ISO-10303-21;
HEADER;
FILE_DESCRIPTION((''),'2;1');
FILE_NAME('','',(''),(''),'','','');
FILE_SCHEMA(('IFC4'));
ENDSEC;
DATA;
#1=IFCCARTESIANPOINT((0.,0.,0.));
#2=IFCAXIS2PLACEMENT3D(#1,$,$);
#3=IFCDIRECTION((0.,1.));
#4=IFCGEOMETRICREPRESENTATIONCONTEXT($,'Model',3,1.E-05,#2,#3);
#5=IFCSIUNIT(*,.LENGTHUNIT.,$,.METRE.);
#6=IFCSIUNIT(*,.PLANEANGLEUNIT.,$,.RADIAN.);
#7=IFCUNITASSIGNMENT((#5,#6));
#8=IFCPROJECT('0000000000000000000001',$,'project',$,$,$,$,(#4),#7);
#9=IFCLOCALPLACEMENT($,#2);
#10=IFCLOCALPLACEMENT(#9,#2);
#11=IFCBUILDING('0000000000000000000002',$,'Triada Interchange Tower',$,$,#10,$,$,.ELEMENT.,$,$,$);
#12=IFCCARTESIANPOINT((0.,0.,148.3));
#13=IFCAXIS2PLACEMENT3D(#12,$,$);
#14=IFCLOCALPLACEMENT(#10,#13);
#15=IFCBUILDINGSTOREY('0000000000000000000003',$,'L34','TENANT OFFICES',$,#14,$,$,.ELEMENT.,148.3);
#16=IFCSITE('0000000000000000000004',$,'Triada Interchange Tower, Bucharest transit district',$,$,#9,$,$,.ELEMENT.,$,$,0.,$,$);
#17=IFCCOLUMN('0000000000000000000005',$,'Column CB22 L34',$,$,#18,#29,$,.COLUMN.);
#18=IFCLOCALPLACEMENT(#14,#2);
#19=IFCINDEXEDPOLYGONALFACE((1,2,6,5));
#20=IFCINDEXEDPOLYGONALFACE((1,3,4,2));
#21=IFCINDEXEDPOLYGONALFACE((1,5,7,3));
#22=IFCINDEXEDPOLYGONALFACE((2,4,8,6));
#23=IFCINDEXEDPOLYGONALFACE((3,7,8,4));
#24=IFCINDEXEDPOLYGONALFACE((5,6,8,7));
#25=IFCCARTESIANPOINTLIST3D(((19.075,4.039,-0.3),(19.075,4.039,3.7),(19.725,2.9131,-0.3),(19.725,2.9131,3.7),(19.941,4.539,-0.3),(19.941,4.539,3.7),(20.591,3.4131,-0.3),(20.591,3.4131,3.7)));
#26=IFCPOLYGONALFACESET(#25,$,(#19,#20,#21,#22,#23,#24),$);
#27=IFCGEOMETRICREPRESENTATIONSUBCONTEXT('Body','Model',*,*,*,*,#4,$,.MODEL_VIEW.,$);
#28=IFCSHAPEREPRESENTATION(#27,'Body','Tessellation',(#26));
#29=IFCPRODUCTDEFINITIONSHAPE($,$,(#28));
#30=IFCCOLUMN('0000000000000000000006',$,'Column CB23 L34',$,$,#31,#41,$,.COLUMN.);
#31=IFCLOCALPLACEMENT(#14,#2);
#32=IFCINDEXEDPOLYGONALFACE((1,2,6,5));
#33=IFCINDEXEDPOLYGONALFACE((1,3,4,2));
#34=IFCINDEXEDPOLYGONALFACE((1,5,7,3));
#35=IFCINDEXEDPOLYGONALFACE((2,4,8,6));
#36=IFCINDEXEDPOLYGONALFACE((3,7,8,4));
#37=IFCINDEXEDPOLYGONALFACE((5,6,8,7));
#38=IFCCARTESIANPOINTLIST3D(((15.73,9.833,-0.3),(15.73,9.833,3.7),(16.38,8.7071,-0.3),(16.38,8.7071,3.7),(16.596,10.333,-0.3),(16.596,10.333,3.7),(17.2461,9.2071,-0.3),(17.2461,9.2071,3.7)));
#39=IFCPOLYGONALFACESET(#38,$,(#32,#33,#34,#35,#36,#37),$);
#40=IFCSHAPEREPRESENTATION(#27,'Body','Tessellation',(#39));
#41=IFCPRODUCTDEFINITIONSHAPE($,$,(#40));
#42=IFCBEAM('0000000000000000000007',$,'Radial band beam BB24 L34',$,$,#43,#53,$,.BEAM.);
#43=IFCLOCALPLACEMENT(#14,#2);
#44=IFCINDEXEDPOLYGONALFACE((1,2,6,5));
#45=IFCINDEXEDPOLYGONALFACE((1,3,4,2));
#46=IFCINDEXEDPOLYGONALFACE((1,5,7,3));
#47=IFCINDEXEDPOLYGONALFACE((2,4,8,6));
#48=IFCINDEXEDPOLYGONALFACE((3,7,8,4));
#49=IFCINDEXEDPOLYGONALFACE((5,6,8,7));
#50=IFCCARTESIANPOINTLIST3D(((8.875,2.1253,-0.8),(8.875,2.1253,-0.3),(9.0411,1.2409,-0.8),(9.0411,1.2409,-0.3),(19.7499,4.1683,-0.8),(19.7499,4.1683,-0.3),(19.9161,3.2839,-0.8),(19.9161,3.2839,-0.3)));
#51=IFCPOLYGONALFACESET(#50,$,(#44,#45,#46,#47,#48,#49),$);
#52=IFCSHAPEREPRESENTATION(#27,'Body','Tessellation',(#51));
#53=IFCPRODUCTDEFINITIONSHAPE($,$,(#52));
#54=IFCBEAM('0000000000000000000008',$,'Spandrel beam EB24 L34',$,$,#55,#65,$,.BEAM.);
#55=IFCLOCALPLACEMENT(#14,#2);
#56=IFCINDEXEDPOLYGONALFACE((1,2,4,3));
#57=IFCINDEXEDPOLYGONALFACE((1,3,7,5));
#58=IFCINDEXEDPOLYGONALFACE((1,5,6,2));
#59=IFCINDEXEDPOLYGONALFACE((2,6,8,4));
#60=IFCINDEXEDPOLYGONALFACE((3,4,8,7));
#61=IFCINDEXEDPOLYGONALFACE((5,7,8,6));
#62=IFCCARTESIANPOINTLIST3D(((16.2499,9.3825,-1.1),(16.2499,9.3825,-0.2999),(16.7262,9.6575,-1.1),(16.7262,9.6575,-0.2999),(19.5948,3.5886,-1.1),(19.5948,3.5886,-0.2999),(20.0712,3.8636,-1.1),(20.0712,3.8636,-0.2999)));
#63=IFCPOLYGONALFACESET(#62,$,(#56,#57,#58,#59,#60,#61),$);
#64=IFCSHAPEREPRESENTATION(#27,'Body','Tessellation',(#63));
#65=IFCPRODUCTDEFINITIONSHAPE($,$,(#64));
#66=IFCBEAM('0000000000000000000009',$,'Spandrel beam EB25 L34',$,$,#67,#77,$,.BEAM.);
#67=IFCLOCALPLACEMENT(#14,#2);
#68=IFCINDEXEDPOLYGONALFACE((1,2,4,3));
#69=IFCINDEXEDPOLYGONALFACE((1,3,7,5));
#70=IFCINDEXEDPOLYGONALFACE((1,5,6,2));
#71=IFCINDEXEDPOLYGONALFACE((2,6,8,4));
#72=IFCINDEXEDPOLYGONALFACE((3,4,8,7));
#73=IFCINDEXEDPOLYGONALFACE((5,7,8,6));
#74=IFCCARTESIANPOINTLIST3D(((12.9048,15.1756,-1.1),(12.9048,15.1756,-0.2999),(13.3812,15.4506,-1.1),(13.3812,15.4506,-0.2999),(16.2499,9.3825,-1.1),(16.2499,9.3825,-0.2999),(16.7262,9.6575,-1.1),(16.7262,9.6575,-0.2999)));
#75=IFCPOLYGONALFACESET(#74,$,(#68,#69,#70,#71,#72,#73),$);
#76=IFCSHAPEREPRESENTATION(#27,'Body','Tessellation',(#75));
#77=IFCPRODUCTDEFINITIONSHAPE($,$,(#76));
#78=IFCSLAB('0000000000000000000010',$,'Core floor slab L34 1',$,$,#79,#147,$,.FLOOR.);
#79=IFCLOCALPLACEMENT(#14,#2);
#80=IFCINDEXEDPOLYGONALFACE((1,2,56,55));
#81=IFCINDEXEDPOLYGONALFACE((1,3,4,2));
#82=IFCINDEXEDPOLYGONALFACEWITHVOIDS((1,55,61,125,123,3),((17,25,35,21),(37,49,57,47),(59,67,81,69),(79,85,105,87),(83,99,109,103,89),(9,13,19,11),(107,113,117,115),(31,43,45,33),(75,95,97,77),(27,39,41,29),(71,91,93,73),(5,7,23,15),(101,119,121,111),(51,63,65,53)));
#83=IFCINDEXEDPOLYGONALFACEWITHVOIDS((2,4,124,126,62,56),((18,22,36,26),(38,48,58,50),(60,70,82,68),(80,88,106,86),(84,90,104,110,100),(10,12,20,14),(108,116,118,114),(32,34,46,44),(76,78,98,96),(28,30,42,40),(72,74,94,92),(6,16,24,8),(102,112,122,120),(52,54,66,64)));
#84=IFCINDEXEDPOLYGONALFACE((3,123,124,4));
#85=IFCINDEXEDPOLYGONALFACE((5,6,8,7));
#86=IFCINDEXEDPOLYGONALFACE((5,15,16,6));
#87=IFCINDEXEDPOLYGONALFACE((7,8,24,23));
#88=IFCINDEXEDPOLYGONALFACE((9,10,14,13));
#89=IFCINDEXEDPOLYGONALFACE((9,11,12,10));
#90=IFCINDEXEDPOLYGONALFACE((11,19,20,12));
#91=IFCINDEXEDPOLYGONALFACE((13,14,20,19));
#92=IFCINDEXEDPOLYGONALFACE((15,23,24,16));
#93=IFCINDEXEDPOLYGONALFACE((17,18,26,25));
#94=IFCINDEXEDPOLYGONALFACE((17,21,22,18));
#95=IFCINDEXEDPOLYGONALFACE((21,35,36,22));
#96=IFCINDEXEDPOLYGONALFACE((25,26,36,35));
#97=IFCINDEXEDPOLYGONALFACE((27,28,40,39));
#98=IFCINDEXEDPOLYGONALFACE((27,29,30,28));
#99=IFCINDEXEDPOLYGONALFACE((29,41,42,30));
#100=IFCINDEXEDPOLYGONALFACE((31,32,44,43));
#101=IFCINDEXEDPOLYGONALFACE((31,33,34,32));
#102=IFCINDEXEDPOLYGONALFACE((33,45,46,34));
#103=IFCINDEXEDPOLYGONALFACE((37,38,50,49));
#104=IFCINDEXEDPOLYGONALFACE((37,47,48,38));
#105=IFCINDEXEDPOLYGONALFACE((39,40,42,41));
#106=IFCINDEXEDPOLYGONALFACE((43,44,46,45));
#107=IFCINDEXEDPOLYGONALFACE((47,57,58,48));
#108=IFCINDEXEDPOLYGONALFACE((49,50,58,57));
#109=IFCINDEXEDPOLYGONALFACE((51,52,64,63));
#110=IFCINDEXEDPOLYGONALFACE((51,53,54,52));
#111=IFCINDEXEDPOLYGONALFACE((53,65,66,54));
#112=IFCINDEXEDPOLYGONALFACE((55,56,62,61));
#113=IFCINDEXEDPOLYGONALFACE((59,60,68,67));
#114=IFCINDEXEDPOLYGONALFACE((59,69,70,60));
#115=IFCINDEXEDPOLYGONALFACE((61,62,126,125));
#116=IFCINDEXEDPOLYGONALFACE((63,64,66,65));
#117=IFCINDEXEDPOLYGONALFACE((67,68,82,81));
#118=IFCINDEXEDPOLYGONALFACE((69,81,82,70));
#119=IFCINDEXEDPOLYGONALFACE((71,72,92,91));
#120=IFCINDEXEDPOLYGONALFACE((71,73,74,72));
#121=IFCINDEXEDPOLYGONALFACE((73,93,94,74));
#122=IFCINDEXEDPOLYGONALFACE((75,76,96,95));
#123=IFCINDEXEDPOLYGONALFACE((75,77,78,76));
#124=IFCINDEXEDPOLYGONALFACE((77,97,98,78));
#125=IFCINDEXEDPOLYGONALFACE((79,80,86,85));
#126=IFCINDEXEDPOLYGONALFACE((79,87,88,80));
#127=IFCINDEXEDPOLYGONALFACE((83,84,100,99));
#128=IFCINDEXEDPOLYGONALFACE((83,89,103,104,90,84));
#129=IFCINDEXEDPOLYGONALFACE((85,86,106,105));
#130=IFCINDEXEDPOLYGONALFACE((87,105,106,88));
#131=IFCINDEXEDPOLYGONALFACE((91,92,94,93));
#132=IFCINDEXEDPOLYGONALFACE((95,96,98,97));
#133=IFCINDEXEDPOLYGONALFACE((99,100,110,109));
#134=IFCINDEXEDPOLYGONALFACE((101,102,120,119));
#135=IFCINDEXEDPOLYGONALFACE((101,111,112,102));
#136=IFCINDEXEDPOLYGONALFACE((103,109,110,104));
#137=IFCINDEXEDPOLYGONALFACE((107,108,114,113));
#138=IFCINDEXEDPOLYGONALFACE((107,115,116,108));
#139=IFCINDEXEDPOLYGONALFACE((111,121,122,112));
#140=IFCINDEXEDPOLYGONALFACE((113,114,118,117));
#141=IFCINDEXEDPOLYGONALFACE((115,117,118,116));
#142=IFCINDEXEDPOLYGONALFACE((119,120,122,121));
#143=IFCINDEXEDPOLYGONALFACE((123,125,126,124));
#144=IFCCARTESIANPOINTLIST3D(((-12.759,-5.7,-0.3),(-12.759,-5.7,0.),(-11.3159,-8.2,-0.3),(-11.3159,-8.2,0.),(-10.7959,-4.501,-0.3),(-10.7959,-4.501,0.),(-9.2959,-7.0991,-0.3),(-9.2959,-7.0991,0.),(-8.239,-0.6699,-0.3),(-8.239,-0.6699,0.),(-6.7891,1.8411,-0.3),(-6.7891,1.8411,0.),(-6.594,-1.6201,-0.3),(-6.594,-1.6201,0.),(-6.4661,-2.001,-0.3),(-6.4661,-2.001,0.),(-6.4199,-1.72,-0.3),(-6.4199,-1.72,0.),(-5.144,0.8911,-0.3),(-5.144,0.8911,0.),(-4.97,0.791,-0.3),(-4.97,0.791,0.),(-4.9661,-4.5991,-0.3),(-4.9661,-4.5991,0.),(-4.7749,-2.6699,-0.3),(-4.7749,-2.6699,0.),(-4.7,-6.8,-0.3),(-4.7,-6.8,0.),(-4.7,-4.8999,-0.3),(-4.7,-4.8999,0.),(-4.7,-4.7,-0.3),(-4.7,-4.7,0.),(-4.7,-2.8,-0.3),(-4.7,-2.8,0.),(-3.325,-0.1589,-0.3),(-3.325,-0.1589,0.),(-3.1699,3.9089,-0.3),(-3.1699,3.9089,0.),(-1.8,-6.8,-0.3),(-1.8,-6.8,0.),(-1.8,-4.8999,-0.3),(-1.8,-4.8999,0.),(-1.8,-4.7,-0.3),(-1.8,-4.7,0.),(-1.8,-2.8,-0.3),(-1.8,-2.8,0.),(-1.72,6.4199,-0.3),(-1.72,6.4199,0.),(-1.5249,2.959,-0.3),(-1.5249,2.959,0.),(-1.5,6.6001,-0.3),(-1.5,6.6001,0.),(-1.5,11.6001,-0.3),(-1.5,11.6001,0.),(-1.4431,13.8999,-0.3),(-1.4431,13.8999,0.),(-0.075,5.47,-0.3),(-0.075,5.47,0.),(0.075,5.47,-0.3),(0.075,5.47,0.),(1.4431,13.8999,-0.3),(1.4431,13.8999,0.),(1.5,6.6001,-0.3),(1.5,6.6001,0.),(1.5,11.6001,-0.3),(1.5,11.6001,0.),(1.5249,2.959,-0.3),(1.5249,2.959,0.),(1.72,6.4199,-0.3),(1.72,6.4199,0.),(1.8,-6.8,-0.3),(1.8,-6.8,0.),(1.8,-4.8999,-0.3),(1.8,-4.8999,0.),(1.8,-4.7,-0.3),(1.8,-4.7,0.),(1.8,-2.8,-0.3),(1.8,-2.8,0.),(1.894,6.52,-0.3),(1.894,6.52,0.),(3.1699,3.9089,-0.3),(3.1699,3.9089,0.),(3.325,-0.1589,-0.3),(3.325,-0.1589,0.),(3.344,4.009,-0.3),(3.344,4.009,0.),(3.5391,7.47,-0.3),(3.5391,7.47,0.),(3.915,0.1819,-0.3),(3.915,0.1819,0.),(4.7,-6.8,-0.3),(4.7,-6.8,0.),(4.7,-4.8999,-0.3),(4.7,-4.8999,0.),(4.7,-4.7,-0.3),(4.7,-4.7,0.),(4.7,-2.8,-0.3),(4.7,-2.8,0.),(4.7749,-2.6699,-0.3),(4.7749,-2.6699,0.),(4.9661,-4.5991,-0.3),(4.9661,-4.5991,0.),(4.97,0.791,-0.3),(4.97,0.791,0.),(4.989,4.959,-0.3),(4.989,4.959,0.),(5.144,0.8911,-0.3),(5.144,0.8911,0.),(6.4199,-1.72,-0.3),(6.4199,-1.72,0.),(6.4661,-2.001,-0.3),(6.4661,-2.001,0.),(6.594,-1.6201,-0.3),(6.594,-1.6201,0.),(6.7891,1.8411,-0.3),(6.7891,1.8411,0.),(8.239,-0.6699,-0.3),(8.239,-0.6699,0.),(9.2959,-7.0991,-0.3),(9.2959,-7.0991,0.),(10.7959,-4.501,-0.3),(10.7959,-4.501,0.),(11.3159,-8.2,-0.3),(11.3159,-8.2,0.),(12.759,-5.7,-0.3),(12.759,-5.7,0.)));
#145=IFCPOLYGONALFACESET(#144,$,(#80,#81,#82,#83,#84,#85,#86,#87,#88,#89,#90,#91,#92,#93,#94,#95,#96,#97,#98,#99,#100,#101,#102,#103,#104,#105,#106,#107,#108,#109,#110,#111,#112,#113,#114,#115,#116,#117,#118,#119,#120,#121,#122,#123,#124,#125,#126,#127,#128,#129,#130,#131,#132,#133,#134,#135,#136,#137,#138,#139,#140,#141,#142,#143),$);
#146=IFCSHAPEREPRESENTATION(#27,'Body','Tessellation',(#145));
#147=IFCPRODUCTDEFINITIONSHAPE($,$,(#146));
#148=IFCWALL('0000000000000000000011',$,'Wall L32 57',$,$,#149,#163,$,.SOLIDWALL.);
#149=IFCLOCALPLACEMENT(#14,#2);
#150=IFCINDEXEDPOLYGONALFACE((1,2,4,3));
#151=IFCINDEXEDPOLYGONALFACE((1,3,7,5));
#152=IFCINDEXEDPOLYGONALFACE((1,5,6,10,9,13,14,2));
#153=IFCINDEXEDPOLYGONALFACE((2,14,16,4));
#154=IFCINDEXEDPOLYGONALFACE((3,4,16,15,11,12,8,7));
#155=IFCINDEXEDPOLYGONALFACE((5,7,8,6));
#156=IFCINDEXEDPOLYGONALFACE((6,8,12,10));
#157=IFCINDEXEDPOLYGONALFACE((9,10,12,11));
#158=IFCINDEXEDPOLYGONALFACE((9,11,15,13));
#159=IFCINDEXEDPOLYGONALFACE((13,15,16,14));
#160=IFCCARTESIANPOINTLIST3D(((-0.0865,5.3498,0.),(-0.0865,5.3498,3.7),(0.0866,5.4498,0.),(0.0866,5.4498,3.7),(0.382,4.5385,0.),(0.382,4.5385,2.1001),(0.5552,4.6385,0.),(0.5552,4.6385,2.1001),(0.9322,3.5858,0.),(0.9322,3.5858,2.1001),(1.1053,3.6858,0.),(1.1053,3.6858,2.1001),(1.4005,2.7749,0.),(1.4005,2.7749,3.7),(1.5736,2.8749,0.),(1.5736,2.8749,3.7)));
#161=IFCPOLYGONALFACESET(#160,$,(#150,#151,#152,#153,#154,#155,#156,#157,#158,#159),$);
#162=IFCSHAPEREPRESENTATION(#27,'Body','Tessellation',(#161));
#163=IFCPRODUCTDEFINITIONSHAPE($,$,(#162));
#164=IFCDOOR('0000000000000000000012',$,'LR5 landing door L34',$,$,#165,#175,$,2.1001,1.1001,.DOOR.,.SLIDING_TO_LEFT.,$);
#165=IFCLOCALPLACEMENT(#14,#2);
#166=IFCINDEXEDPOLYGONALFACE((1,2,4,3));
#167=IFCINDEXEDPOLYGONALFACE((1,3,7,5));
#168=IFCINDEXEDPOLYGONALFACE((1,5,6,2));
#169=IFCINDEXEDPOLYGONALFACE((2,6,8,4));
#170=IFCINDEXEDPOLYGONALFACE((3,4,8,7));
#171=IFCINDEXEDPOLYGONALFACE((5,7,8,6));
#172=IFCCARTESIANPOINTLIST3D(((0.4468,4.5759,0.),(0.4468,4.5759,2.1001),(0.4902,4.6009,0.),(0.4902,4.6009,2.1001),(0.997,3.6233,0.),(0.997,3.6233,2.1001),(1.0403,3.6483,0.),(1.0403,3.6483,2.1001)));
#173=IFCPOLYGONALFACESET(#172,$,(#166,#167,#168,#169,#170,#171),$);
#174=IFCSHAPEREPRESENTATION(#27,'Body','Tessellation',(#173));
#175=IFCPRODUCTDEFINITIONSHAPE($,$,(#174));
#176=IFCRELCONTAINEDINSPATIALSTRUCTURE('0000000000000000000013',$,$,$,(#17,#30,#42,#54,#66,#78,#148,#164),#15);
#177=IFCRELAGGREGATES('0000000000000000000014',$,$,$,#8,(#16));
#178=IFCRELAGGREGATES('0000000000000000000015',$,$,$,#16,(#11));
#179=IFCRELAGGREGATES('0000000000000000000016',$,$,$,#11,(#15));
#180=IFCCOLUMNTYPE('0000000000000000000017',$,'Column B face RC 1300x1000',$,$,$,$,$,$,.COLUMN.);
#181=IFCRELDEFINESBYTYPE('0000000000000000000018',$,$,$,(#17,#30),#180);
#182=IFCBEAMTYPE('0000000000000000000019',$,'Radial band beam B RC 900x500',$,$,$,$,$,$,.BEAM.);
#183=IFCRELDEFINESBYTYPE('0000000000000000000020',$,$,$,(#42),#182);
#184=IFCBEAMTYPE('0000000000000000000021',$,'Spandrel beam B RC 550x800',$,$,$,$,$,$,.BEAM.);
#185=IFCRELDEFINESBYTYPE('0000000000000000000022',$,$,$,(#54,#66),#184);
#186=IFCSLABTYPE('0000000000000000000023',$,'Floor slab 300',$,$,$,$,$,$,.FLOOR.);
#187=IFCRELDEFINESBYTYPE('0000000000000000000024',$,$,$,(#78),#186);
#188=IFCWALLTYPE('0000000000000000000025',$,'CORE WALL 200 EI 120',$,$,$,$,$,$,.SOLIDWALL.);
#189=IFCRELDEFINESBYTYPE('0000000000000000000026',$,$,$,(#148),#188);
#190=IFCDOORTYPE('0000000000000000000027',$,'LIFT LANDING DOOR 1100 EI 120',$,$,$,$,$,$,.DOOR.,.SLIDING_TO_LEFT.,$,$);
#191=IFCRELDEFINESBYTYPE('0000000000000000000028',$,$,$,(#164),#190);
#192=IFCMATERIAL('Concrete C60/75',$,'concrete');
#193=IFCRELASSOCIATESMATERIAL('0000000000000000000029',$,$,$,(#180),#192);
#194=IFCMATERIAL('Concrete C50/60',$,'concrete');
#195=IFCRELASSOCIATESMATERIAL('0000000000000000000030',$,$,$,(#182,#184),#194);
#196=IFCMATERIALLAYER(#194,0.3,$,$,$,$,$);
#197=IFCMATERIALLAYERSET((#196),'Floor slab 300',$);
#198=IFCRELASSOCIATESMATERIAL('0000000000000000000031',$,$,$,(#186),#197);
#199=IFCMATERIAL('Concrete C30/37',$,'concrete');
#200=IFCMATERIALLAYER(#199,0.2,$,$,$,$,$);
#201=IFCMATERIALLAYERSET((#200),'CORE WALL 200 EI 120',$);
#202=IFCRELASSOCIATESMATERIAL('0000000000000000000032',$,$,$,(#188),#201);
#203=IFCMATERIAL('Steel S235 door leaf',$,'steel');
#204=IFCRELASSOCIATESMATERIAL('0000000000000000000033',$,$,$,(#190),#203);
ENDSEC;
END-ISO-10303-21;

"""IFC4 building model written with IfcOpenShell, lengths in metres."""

from ifc_helpers import new_model, si_unit, direction, frame, frame_2d, origin, origin_2d, place, context, subcontext, project, spatial, polyline, rectangle, outline, extrude, material, layer, layer_set, material_profile, profile_set, type_object, element, fill, save


model = new_model("IFC4")

# Units and contexts
model_context = context("Model", 3, precision=1e-05, world=origin(), true_north=direction((0.0, 1.0)))
body_context = subcontext(model_context, "Body", "Model", "MODEL_VIEW")
ifc_project = project(units=[si_unit("LENGTHUNIT", "METRE"), si_unit("PLANEANGLEUNIT", "RADIAN")], contexts=[model_context])

# Site, building, storey
site_placement = place(None, origin())
site = spatial("IfcSite", under=ifc_project, at=site_placement, Name="Triada Interchange Tower, Bucharest transit district", CompositionType="ELEMENT", RefElevation=0.0)
building_placement = place(site_placement, origin())
building = spatial("IfcBuilding", under=site, at=building_placement, Name="Triada Interchange Tower", CompositionType="ELEMENT")
storey_placement = place(building_placement, frame((0.0, 0.0, 148.3)))
storey = spatial("IfcBuildingStorey", under=building, at=storey_placement, Name="L34", Description="TENANT OFFICES", CompositionType="ELEMENT", Elevation=148.3)

# Columns
ifc_material_1 = material(Name="Concrete C60/75", Category="concrete")
ifc_material_profile_1 = material_profile(ifc_material_1, rectangle(XDim=1.3, YDim=1.0, at=origin_2d()), Name="RC 1300x1000")
ifc_profile_set_1 = profile_set([ifc_material_profile_1], Name="Concrete C60/75")
column_type = type_object("IfcColumnType", Name="Column B face RC 1300x1000", PredefinedType="COLUMN", material=ifc_profile_set_1)
for number, where, z_axis, x_axis, name in (
    (1, (19.833, 3.7261, -0.3), (0.0, 0.0, 1.0), (-0.5, 0.866025, 0.0), "Column CB22 L34"),
    (2, (16.488, 9.52, -0.3), (0.0, 0.0, 1.0), (-0.5, 0.866025, 0.0), "Column CB23 L34"),
):
    element("IfcColumn", number, at=place(storey_placement, frame(where, z_axis=z_axis, x_axis=x_axis)), inside=storey, type_object=column_type, Name=name, PredefinedType="COLUMN", context=body_context, shape_type="SweptSolid", body=[
        extrude(rectangle(XDim=1.3, YDim=1.0, at=origin_2d()), origin(), (0.0, 0.0, 1.0), 4.0),
    ])

# Beams
ifc_material_2 = material(Name="Concrete C50/60", Category="concrete")
ifc_material_profile_2 = material_profile(ifc_material_2, rectangle(XDim=0.8999, YDim=0.5, at=origin_2d()), Name="RC 900x500")
ifc_profile_set_2 = profile_set([ifc_material_profile_2], Name="Concrete C50/60")
beam_type_1 = type_object("IfcBeamType", Name="Radial band beam B RC 900x500", PredefinedType="BEAM", material=ifc_profile_set_2)
beam_1_placement = place(storey_placement, frame((19.833, 3.7261, -0.55), z_axis=(-0.982808, -0.18463, 0.0), x_axis=(0.18463, -0.982808, 0.0)))
element("IfcBeam", 3, at=beam_1_placement, inside=storey, type_object=beam_type_1, Name="Radial band beam BB24 L34", PredefinedType="BEAM", context=body_context, shape_type="SweptSolid", body=[
    extrude(rectangle(XDim=0.8999, YDim=0.5, at=origin_2d()), origin(), (0.0, 0.0, 1.0), 11.0652),
])
ifc_material_profile_3 = material_profile(ifc_material_2, rectangle(XDim=0.55, YDim=0.8, at=origin_2d()), Name="RC 550x800")
ifc_profile_set_3 = profile_set([ifc_material_profile_3], Name="Concrete C50/60")
beam_type_2 = type_object("IfcBeamType", Name="Spandrel beam B RC 550x800", PredefinedType="BEAM", material=ifc_profile_set_3)
beam_2_placement = place(storey_placement, frame((19.833, 3.7261, -0.7), z_axis=(-0.499981, 0.866036, 0.0), x_axis=(-0.866036, -0.499981, 0.0)))
element("IfcBeam", 4, at=beam_2_placement, inside=storey, type_object=beam_type_2, Name="Spandrel beam EB24 L34", PredefinedType="BEAM", context=body_context, shape_type="SweptSolid", body=[
    extrude(rectangle(XDim=0.55, YDim=0.8, at=origin_2d()), origin(), (0.0, 0.0, 1.0), 6.6902),
])
beam_3_placement = place(storey_placement, frame((16.488, 9.52, -0.7), z_axis=(-0.500045, 0.866, 0.0), x_axis=(-0.866, -0.500045, 0.0)))
element("IfcBeam", 5, at=beam_3_placement, inside=storey, type_object=beam_type_2, Name="Spandrel beam EB25 L34", PredefinedType="BEAM", context=body_context, shape_type="SweptSolid", body=[
    extrude(rectangle(XDim=0.55, YDim=0.8, at=origin_2d()), origin(), (0.0, 0.0, 1.0), 6.6895),
])

# Slab
ifc_layer_1 = layer(ifc_material_2, 0.3)
ifc_layer_set_1 = layer_set([ifc_layer_1], Name="Floor slab 300")
slab_type = type_object("IfcSlabType", Name="Floor slab 300", PredefinedType="FLOOR", material=ifc_layer_set_1)
slab_placement = place(storey_placement, frame((0.0, 0.0, -0.3)))
element("IfcSlab", 6, at=slab_placement, inside=storey, type_object=slab_type, Name="Core floor slab L34 1", PredefinedType="FLOOR", context=body_context, shape_type="SweptSolid", body=[
    extrude(outline(polyline([(12.759, -5.7), (11.3159, -8.2), (-11.3159, -8.2), (-12.759, -5.7), (-1.4431, 13.8999), (1.4431, 13.8999), (12.759, -5.7)]), holes=[polyline([(9.2959, -7.0991), (10.7959, -4.501), (6.4661, -2.001), (4.9661, -4.5991), (9.2959, -7.0991)]), polyline([(6.7891, 1.8411), (5.144, 0.8911), (6.594, -1.6201), (8.239, -0.6699), (6.7891, 1.8411)]), polyline([(4.7749, -2.6699), (6.4199, -1.72), (4.97, 0.791), (3.915, 0.1819), (3.325, -0.1589), (4.7749, -2.6699)]), polyline([(1.894, 6.52), (3.344, 4.009), (4.989, 4.959), (3.5391, 7.47), (1.894, 6.52)]), polyline([(4.7, -6.8), (4.7, -4.8999), (1.8, -4.8999), (1.8, -6.8), (4.7, -6.8)]), polyline([(4.7, -2.8), (1.8, -2.8), (1.8, -4.7), (4.7, -4.7), (4.7, -2.8)]), polyline([(0.075, 5.47), (1.5249, 2.959), (3.1699, 3.9089), (1.72, 6.4199), (0.075, 5.47)]), polyline([(1.5, 11.6001), (-1.5, 11.6001), (-1.5, 6.6001), (1.5, 6.6001), (1.5, 11.6001)]), polyline([(-1.5249, 2.959), (-0.075, 5.47), (-1.72, 6.4199), (-3.1699, 3.9089), (-1.5249, 2.959)]), polyline([(-1.8, -2.8), (-4.7, -2.8), (-4.7, -4.7), (-1.8, -4.7), (-1.8, -2.8)]), polyline([(-4.7, -6.8), (-1.8, -6.8), (-1.8, -4.8999), (-4.7, -4.8999), (-4.7, -6.8)]), polyline([(-4.7749, -2.6699), (-3.325, -0.1589), (-4.97, 0.791), (-6.4199, -1.72), (-4.7749, -2.6699)]), polyline([(-10.7959, -4.501), (-9.2959, -7.0991), (-4.9661, -4.5991), (-6.4661, -2.001), (-10.7959, -4.501)]), polyline([(-6.594, -1.6201), (-5.144, 0.8911), (-6.7891, 1.8411), (-8.239, -0.6699), (-6.594, -1.6201)])]), origin(), (0.0, 0.0, 1.0), 0.3),
])

# Wall, opening, door
ifc_material_3 = material(Name="Concrete C30/37", Category="concrete")
ifc_layer_2 = layer(ifc_material_3, 0.2)
ifc_layer_set_2 = layer_set([ifc_layer_2], Name="CORE WALL 200 EI 120")
wall_type_1 = type_object("IfcWallType", Name="CORE WALL 200 EI 120", PredefinedType="SOLIDWALL", material=ifc_layer_set_2)
wall_1_placement = place(storey_placement, frame((0.0, 5.3999, 0.0), z_axis=(0.0, 0.0, 1.0), x_axis=(0.500104, -0.865965, 0.0)))
wall_1 = element("IfcWall", 7, at=wall_1_placement, inside=storey, type_object=wall_type_1, Name="Wall L32 57", PredefinedType="SOLIDWALL", context=body_context, shape_type="SweptSolid", body=[
    extrude(rectangle(XDim=2.9734, YDim=0.2, at=frame_2d((1.4868, 0.0))), origin(), (0.0, 0.0, 1.0), 3.7),
])
opening_1_placement = place(wall_1_placement, frame((0.937, 0.0, 0.0)))
opening_1 = element("IfcOpeningElement", 8, at=opening_1_placement, cuts=wall_1, PredefinedType="OPENING", context=body_context, shape_type="SweptSolid", body=[
    extrude(rectangle(XDim=1.1001, YDim=2.1001, at=frame_2d((0.55, 1.05))), frame((0.0, 0.1099, 0.0), z_axis=(0.0, -1.0, 0.0), x_axis=(1.0, 0.0, 0.0)), (0.0, 0.0, 1.0), 0.22),
])
ifc_material_4 = material(Name="Steel S235 door leaf", Category="steel")
door_type = type_object("IfcDoorType", Name="LIFT LANDING DOOR 1100 EI 120", OperationType="SLIDING_TO_LEFT", PredefinedType="DOOR", material=ifc_material_4)
door_1_placement = place(opening_1_placement, origin())
door_1 = element("IfcDoor", 9, at=door_1_placement, inside=storey, type_object=door_type, Name="LR5 landing door L34", OperationType="SLIDING_TO_LEFT", OverallHeight=2.1001, OverallWidth=1.1001, PredefinedType="DOOR", context=body_context, shape_type="SweptSolid", body=[
    extrude(rectangle(XDim=1.1001, YDim=2.1001, at=frame_2d((0.55, 1.05))), frame((0.0, 0.0249, 0.0), z_axis=(0.0, -1.0, 0.0), x_axis=(1.0, 0.0, 0.0)), (0.0, 0.0, 1.0), 0.05),
])
fill(opening_1, door_1)

save(model, "model.ifc")
